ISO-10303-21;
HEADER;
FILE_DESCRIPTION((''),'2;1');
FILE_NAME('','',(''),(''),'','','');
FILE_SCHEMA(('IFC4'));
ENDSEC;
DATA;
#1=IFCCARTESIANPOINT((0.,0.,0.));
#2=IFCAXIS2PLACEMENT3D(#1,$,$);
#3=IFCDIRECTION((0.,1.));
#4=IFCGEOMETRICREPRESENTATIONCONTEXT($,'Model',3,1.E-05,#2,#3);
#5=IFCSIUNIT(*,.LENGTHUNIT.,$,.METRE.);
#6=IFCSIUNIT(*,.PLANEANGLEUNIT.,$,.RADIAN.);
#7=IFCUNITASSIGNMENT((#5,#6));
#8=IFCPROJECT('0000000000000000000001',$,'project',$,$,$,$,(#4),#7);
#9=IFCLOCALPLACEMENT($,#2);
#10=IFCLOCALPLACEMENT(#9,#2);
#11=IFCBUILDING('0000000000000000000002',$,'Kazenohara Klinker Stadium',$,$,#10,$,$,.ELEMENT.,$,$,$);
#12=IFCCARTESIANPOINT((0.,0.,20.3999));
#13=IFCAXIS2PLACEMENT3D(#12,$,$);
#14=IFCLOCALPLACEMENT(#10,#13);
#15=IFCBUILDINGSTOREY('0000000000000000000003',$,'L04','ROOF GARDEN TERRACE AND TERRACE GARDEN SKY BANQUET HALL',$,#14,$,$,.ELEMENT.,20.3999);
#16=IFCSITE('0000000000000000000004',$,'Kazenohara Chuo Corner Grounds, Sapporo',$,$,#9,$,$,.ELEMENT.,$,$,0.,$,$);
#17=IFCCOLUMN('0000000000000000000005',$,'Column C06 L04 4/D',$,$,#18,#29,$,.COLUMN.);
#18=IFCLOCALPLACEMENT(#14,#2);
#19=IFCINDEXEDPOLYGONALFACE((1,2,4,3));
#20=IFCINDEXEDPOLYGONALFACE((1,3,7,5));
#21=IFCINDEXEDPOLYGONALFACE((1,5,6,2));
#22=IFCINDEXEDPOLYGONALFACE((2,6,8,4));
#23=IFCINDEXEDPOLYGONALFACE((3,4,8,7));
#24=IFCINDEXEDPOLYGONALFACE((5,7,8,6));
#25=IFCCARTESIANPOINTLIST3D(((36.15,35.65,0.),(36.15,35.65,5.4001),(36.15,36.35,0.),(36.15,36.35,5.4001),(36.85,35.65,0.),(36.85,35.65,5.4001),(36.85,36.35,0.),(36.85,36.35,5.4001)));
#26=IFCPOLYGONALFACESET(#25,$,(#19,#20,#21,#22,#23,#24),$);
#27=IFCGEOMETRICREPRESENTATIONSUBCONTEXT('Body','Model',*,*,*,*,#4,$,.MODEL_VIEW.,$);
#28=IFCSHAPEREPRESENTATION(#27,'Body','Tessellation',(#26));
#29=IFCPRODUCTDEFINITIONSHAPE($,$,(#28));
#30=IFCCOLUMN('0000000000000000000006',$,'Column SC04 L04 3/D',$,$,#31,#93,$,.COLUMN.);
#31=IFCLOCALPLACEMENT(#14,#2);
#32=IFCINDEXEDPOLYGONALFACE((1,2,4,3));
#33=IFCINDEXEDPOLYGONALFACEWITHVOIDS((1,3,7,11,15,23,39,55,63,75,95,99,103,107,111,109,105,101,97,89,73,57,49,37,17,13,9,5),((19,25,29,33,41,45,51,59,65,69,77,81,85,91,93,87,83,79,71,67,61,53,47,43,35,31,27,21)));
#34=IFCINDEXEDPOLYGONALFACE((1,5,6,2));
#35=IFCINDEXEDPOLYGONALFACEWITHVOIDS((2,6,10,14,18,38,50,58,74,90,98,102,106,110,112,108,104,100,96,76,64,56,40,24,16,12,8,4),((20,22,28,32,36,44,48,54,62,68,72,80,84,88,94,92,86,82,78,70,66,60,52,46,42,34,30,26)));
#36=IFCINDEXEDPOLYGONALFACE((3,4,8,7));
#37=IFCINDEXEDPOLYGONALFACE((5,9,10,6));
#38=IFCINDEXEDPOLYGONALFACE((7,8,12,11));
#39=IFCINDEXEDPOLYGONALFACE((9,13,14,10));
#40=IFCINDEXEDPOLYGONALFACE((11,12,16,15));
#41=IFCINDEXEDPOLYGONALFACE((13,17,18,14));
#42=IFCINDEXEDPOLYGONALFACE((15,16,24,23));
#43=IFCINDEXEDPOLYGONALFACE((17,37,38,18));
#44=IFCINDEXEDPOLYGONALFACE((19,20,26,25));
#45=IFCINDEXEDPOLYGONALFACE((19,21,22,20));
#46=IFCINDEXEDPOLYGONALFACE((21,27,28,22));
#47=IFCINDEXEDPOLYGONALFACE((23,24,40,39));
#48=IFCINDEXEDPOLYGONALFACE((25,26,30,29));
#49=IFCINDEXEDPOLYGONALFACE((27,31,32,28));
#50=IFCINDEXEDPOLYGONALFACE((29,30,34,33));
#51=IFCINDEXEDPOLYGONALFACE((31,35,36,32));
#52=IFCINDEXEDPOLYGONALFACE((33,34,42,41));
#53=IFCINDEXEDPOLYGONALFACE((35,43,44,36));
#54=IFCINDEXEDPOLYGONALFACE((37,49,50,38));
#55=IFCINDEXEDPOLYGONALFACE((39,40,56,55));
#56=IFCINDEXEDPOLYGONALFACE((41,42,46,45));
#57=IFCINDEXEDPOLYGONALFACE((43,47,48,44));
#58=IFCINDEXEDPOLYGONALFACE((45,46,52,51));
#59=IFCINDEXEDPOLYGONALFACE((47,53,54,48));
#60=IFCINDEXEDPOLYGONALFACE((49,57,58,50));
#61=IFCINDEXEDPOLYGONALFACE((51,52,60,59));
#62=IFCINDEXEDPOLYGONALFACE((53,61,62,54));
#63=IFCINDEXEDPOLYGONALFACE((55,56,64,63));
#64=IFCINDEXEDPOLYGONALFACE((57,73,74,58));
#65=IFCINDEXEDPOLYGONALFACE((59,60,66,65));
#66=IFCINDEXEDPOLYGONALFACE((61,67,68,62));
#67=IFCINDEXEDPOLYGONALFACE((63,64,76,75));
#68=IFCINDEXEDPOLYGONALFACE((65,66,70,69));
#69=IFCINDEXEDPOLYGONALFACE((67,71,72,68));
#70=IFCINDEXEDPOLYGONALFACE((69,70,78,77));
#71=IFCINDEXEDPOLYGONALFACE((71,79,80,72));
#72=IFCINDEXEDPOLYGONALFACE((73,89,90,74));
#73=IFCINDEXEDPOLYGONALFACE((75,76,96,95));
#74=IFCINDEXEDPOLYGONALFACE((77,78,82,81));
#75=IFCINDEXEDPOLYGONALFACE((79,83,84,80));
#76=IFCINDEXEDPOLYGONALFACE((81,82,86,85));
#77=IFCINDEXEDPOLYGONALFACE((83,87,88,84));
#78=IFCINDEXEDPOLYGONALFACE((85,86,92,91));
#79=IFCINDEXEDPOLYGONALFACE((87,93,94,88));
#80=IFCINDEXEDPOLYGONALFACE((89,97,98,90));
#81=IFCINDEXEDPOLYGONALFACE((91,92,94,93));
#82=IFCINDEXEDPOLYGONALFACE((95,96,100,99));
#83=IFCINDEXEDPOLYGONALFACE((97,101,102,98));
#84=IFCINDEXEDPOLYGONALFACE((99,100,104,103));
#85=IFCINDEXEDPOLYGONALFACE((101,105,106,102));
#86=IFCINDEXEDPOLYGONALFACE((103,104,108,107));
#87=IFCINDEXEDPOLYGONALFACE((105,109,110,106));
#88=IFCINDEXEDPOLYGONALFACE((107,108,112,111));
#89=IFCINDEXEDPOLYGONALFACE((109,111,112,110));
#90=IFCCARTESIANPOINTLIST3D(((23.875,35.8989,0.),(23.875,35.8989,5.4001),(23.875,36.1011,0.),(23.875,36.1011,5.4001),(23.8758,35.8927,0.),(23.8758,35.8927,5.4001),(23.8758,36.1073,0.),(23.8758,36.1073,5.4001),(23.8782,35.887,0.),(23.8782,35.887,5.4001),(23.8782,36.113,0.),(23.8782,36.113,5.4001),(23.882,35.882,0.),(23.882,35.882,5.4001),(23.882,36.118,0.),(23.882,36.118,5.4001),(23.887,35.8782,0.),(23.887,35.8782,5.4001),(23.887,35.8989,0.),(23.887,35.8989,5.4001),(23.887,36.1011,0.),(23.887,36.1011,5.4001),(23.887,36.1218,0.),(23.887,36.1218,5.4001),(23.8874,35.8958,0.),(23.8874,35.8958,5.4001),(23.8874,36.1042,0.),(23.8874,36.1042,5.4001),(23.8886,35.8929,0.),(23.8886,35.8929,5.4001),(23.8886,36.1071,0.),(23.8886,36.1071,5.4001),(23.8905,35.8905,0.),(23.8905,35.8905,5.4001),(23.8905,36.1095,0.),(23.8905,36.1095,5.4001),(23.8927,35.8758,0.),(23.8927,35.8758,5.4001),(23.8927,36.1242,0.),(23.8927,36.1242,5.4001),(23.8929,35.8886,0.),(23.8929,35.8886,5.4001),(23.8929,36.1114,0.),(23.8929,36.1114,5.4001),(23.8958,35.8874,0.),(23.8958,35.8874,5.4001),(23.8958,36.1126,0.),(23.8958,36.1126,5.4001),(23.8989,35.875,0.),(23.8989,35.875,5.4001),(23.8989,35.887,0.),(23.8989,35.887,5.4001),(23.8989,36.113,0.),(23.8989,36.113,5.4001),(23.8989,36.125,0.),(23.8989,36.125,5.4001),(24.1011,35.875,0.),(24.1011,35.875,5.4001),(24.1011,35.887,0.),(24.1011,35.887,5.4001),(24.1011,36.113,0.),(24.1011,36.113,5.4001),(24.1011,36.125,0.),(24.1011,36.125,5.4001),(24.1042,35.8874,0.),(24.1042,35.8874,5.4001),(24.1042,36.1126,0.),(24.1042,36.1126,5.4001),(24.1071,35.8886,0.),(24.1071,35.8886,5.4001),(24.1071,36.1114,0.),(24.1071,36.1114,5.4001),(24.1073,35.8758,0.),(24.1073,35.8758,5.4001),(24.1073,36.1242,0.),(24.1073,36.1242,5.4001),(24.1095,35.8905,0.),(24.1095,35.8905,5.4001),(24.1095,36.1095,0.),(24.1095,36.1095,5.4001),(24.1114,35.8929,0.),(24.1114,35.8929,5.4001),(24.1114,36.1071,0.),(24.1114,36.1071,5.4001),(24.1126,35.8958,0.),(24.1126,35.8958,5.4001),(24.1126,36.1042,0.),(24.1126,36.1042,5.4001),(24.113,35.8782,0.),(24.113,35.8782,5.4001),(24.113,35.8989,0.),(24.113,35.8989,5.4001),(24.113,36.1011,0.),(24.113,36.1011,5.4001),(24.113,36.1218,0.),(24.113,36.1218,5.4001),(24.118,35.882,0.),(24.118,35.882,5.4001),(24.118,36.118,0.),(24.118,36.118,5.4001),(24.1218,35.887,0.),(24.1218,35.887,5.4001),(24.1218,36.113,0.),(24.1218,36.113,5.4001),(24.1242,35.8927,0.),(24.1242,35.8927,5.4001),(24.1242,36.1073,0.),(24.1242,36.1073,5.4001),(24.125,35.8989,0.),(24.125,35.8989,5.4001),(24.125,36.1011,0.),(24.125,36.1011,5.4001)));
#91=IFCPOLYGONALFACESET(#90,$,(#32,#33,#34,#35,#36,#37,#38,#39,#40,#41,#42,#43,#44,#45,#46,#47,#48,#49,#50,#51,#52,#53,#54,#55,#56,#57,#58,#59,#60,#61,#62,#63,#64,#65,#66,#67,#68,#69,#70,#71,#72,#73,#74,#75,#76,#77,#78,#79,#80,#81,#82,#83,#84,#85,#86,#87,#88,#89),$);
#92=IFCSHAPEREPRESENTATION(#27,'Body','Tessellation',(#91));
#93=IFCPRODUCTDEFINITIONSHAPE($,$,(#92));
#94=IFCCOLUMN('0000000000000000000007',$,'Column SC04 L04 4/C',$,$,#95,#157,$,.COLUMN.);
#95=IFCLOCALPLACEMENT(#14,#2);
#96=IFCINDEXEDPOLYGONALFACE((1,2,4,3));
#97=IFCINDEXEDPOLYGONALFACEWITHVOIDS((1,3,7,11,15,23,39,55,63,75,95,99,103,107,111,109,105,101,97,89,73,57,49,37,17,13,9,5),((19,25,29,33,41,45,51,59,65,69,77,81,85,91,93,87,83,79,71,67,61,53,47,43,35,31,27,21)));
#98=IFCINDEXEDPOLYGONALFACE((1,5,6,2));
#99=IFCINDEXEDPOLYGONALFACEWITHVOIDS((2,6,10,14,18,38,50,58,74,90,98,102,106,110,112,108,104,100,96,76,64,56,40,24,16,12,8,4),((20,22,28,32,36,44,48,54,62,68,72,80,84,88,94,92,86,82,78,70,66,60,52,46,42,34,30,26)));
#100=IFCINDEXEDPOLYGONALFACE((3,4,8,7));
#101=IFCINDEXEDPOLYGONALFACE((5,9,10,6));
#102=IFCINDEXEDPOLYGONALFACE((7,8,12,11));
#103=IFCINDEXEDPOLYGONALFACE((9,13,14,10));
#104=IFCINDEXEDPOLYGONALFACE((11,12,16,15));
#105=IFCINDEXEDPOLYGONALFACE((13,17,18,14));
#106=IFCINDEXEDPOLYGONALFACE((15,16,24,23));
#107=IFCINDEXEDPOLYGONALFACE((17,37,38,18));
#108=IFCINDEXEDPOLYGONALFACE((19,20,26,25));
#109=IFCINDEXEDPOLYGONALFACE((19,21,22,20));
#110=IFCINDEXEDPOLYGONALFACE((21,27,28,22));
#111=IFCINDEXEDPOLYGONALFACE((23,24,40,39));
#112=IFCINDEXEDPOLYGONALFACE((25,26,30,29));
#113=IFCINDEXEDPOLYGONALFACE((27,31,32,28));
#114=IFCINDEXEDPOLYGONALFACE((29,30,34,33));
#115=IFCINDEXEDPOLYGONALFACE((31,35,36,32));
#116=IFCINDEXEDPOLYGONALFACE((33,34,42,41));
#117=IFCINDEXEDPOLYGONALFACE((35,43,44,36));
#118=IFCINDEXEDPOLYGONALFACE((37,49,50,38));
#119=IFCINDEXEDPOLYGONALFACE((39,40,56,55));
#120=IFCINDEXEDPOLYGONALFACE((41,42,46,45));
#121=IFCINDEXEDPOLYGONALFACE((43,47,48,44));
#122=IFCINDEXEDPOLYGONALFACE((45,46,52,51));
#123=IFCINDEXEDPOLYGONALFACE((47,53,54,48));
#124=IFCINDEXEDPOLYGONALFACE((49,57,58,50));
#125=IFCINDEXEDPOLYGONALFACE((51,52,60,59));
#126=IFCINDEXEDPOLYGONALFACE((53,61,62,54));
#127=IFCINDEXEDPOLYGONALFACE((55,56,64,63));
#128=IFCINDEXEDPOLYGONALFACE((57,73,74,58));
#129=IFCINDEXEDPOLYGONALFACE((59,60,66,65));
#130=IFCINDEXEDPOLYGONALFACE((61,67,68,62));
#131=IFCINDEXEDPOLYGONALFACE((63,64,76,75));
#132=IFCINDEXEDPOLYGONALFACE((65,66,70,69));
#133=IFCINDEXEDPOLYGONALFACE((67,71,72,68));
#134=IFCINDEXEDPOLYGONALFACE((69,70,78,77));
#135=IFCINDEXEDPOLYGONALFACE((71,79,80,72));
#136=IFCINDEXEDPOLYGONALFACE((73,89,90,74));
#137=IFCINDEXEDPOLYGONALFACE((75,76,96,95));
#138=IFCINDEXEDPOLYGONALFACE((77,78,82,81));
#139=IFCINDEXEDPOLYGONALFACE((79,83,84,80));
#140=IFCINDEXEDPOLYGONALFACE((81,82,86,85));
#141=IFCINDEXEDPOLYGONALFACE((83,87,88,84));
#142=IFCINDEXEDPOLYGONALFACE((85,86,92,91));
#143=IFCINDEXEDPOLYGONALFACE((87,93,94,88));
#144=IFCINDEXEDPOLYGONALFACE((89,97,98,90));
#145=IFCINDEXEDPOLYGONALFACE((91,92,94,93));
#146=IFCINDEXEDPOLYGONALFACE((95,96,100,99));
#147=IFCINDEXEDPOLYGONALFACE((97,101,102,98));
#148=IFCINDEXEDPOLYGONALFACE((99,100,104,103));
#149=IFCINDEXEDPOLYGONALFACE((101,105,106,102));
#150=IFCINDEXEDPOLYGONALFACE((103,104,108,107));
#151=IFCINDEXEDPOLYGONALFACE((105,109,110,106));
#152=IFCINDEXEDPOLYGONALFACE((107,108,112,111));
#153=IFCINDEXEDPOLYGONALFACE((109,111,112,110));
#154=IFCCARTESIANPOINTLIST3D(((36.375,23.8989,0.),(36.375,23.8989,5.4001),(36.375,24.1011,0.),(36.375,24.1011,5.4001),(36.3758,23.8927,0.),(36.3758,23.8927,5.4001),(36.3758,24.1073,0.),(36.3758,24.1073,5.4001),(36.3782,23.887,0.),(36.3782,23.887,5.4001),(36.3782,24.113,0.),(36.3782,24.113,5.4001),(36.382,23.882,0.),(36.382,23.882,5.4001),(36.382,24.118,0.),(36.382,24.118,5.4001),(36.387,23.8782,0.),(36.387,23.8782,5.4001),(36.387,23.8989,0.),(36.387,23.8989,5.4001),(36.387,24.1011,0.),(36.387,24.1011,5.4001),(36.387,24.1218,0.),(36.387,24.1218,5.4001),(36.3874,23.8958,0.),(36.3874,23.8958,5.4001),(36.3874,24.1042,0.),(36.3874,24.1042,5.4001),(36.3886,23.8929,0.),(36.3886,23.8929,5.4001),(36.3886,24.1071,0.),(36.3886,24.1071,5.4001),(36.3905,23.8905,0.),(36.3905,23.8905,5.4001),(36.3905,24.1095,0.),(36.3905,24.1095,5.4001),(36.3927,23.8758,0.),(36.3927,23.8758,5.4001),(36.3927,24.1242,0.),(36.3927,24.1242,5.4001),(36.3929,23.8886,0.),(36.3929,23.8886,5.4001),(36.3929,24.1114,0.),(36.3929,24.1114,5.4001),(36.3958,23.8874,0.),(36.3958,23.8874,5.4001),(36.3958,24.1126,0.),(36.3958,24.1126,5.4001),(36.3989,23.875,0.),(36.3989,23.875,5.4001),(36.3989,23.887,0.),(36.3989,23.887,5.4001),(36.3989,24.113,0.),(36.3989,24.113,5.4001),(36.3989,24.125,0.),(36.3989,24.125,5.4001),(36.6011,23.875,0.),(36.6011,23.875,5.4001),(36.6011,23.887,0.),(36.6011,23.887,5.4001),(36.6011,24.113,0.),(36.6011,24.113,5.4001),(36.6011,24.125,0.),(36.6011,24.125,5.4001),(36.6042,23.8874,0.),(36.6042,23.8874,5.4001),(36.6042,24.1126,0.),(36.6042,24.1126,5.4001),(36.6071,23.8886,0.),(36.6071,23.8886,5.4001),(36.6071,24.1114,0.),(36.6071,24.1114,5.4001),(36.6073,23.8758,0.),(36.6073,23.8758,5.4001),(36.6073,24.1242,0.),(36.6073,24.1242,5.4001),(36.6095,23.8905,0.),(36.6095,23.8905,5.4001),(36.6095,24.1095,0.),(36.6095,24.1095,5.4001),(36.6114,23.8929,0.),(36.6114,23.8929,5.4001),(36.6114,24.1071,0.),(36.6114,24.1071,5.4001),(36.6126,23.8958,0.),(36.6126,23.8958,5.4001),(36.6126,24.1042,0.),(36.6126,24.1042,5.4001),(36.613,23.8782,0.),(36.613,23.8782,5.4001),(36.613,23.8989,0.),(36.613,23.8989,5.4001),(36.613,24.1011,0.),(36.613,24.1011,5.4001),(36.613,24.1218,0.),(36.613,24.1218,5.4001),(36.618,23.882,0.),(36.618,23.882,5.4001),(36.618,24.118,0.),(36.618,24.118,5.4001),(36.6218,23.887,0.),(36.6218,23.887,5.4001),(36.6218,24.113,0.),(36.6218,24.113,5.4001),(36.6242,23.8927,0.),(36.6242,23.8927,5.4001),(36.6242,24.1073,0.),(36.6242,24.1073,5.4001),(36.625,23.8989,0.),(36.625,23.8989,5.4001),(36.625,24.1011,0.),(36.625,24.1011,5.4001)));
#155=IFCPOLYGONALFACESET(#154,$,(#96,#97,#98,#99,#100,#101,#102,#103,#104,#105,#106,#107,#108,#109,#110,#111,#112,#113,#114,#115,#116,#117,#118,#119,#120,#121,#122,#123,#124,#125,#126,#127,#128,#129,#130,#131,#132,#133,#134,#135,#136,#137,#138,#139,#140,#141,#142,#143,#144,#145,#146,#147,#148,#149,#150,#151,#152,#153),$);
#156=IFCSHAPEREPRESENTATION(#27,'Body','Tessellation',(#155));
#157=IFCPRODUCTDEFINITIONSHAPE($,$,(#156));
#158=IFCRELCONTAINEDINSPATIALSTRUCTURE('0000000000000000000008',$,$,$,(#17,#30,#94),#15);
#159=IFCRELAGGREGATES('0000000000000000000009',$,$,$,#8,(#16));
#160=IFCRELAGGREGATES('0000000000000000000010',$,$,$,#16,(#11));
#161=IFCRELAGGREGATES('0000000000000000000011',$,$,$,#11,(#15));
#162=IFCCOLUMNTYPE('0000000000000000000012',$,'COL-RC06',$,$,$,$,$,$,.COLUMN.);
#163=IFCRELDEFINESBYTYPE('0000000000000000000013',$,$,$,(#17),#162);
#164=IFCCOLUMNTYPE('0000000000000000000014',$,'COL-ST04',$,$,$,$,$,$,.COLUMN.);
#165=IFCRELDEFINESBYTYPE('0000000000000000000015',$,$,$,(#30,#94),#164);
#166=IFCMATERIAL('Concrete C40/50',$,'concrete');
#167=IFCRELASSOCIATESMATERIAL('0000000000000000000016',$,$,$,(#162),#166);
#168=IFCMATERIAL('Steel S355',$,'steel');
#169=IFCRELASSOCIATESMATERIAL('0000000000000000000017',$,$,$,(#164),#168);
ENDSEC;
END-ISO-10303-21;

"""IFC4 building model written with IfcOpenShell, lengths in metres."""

from ifc_helpers import new_model, si_unit, direction, frame, origin, origin_2d, place, context, subcontext, project, spatial, rectangle, hollow_rectangle, extrude, material, material_profile, profile_set, type_object, element, save


model = new_model("IFC4")

# Units and contexts
model_context = context("Model", 3, precision=1e-05, world=origin(), true_north=direction((0.0, 1.0)))
body_context = subcontext(model_context, "Body", "Model", "MODEL_VIEW")
ifc_project = project(units=[si_unit("LENGTHUNIT", "METRE"), si_unit("PLANEANGLEUNIT", "RADIAN")], contexts=[model_context])

# Site, building, storey
site_placement = place(None, origin())
site = spatial("IfcSite", under=ifc_project, at=site_placement, Name="Kazenohara Chuo Corner Grounds, Sapporo", CompositionType="ELEMENT", RefElevation=0.0)
building_placement = place(site_placement, origin())
building = spatial("IfcBuilding", under=site, at=building_placement, Name="Kazenohara Klinker Stadium", CompositionType="ELEMENT")
storey_placement = place(building_placement, frame((0.0, 0.0, 20.3999)))
storey = spatial("IfcBuildingStorey", under=building, at=storey_placement, Name="L04", Description="ROOF GARDEN TERRACE AND TERRACE GARDEN SKY BANQUET HALL", CompositionType="ELEMENT", Elevation=20.3999)

# Columns
ifc_material_1 = material(Name="Concrete C40/50", Category="concrete")
ifc_material_profile_1 = material_profile(ifc_material_1, rectangle(XDim=0.7, YDim=0.7, at=origin_2d()), Name="RC-COL-700x700")
ifc_profile_set_1 = profile_set([ifc_material_profile_1], Name="Concrete C40/50")
column_type_1 = type_object("IfcColumnType", Name="COL-RC06", PredefinedType="COLUMN", material=ifc_profile_set_1)
column_placement = place(storey_placement, frame((36.5, 36.0, 0.0), z_axis=(0.0, 0.0, 1.0), x_axis=(1.0, 0.0, 0.0)))
element("IfcColumn", 1, at=column_placement, inside=storey, type_object=column_type_1, Name="Column C06 L04 4/D", PredefinedType="COLUMN", context=body_context, shape_type="SweptSolid", body=[
    extrude(rectangle(XDim=0.7, YDim=0.7, at=origin_2d()), origin(), (0.0, 0.0, 1.0), 5.4001),
])
ifc_material_2 = material(Name="Steel S355", Category="steel")
ifc_material_profile_2 = material_profile(ifc_material_2, hollow_rectangle(XDim=0.25, YDim=0.25, WallThickness=0.012, InnerFilletRadius=0.012, OuterFilletRadius=0.0239, at=origin_2d()), Name="SHS-250x250x12")
ifc_profile_set_2 = profile_set([ifc_material_profile_2], Name="Steel S355")
column_type_2 = type_object("IfcColumnType", Name="COL-ST04", PredefinedType="COLUMN", material=ifc_profile_set_2)
for number, where, z_axis, x_axis, name in (
    (2, (24.0, 36.0, 0.0), (0.0, 0.0, 1.0), (1.0, 0.0, 0.0), "Column SC04 L04 3/D"),
    (3, (36.5, 24.0, 0.0), (0.0, 0.0, 1.0), (1.0, 0.0, 0.0), "Column SC04 L04 4/C"),
):
    element("IfcColumn", number, at=place(storey_placement, frame(where, z_axis=z_axis, x_axis=x_axis)), inside=storey, type_object=column_type_2, Name=name, PredefinedType="COLUMN", context=body_context, shape_type="SweptSolid", body=[
        extrude(hollow_rectangle(XDim=0.25, YDim=0.25, WallThickness=0.012, InnerFilletRadius=0.012, OuterFilletRadius=0.0239, at=origin_2d()), origin(), (0.0, 0.0, 1.0), 5.4001),
    ])

save(model, "model.ifc")
